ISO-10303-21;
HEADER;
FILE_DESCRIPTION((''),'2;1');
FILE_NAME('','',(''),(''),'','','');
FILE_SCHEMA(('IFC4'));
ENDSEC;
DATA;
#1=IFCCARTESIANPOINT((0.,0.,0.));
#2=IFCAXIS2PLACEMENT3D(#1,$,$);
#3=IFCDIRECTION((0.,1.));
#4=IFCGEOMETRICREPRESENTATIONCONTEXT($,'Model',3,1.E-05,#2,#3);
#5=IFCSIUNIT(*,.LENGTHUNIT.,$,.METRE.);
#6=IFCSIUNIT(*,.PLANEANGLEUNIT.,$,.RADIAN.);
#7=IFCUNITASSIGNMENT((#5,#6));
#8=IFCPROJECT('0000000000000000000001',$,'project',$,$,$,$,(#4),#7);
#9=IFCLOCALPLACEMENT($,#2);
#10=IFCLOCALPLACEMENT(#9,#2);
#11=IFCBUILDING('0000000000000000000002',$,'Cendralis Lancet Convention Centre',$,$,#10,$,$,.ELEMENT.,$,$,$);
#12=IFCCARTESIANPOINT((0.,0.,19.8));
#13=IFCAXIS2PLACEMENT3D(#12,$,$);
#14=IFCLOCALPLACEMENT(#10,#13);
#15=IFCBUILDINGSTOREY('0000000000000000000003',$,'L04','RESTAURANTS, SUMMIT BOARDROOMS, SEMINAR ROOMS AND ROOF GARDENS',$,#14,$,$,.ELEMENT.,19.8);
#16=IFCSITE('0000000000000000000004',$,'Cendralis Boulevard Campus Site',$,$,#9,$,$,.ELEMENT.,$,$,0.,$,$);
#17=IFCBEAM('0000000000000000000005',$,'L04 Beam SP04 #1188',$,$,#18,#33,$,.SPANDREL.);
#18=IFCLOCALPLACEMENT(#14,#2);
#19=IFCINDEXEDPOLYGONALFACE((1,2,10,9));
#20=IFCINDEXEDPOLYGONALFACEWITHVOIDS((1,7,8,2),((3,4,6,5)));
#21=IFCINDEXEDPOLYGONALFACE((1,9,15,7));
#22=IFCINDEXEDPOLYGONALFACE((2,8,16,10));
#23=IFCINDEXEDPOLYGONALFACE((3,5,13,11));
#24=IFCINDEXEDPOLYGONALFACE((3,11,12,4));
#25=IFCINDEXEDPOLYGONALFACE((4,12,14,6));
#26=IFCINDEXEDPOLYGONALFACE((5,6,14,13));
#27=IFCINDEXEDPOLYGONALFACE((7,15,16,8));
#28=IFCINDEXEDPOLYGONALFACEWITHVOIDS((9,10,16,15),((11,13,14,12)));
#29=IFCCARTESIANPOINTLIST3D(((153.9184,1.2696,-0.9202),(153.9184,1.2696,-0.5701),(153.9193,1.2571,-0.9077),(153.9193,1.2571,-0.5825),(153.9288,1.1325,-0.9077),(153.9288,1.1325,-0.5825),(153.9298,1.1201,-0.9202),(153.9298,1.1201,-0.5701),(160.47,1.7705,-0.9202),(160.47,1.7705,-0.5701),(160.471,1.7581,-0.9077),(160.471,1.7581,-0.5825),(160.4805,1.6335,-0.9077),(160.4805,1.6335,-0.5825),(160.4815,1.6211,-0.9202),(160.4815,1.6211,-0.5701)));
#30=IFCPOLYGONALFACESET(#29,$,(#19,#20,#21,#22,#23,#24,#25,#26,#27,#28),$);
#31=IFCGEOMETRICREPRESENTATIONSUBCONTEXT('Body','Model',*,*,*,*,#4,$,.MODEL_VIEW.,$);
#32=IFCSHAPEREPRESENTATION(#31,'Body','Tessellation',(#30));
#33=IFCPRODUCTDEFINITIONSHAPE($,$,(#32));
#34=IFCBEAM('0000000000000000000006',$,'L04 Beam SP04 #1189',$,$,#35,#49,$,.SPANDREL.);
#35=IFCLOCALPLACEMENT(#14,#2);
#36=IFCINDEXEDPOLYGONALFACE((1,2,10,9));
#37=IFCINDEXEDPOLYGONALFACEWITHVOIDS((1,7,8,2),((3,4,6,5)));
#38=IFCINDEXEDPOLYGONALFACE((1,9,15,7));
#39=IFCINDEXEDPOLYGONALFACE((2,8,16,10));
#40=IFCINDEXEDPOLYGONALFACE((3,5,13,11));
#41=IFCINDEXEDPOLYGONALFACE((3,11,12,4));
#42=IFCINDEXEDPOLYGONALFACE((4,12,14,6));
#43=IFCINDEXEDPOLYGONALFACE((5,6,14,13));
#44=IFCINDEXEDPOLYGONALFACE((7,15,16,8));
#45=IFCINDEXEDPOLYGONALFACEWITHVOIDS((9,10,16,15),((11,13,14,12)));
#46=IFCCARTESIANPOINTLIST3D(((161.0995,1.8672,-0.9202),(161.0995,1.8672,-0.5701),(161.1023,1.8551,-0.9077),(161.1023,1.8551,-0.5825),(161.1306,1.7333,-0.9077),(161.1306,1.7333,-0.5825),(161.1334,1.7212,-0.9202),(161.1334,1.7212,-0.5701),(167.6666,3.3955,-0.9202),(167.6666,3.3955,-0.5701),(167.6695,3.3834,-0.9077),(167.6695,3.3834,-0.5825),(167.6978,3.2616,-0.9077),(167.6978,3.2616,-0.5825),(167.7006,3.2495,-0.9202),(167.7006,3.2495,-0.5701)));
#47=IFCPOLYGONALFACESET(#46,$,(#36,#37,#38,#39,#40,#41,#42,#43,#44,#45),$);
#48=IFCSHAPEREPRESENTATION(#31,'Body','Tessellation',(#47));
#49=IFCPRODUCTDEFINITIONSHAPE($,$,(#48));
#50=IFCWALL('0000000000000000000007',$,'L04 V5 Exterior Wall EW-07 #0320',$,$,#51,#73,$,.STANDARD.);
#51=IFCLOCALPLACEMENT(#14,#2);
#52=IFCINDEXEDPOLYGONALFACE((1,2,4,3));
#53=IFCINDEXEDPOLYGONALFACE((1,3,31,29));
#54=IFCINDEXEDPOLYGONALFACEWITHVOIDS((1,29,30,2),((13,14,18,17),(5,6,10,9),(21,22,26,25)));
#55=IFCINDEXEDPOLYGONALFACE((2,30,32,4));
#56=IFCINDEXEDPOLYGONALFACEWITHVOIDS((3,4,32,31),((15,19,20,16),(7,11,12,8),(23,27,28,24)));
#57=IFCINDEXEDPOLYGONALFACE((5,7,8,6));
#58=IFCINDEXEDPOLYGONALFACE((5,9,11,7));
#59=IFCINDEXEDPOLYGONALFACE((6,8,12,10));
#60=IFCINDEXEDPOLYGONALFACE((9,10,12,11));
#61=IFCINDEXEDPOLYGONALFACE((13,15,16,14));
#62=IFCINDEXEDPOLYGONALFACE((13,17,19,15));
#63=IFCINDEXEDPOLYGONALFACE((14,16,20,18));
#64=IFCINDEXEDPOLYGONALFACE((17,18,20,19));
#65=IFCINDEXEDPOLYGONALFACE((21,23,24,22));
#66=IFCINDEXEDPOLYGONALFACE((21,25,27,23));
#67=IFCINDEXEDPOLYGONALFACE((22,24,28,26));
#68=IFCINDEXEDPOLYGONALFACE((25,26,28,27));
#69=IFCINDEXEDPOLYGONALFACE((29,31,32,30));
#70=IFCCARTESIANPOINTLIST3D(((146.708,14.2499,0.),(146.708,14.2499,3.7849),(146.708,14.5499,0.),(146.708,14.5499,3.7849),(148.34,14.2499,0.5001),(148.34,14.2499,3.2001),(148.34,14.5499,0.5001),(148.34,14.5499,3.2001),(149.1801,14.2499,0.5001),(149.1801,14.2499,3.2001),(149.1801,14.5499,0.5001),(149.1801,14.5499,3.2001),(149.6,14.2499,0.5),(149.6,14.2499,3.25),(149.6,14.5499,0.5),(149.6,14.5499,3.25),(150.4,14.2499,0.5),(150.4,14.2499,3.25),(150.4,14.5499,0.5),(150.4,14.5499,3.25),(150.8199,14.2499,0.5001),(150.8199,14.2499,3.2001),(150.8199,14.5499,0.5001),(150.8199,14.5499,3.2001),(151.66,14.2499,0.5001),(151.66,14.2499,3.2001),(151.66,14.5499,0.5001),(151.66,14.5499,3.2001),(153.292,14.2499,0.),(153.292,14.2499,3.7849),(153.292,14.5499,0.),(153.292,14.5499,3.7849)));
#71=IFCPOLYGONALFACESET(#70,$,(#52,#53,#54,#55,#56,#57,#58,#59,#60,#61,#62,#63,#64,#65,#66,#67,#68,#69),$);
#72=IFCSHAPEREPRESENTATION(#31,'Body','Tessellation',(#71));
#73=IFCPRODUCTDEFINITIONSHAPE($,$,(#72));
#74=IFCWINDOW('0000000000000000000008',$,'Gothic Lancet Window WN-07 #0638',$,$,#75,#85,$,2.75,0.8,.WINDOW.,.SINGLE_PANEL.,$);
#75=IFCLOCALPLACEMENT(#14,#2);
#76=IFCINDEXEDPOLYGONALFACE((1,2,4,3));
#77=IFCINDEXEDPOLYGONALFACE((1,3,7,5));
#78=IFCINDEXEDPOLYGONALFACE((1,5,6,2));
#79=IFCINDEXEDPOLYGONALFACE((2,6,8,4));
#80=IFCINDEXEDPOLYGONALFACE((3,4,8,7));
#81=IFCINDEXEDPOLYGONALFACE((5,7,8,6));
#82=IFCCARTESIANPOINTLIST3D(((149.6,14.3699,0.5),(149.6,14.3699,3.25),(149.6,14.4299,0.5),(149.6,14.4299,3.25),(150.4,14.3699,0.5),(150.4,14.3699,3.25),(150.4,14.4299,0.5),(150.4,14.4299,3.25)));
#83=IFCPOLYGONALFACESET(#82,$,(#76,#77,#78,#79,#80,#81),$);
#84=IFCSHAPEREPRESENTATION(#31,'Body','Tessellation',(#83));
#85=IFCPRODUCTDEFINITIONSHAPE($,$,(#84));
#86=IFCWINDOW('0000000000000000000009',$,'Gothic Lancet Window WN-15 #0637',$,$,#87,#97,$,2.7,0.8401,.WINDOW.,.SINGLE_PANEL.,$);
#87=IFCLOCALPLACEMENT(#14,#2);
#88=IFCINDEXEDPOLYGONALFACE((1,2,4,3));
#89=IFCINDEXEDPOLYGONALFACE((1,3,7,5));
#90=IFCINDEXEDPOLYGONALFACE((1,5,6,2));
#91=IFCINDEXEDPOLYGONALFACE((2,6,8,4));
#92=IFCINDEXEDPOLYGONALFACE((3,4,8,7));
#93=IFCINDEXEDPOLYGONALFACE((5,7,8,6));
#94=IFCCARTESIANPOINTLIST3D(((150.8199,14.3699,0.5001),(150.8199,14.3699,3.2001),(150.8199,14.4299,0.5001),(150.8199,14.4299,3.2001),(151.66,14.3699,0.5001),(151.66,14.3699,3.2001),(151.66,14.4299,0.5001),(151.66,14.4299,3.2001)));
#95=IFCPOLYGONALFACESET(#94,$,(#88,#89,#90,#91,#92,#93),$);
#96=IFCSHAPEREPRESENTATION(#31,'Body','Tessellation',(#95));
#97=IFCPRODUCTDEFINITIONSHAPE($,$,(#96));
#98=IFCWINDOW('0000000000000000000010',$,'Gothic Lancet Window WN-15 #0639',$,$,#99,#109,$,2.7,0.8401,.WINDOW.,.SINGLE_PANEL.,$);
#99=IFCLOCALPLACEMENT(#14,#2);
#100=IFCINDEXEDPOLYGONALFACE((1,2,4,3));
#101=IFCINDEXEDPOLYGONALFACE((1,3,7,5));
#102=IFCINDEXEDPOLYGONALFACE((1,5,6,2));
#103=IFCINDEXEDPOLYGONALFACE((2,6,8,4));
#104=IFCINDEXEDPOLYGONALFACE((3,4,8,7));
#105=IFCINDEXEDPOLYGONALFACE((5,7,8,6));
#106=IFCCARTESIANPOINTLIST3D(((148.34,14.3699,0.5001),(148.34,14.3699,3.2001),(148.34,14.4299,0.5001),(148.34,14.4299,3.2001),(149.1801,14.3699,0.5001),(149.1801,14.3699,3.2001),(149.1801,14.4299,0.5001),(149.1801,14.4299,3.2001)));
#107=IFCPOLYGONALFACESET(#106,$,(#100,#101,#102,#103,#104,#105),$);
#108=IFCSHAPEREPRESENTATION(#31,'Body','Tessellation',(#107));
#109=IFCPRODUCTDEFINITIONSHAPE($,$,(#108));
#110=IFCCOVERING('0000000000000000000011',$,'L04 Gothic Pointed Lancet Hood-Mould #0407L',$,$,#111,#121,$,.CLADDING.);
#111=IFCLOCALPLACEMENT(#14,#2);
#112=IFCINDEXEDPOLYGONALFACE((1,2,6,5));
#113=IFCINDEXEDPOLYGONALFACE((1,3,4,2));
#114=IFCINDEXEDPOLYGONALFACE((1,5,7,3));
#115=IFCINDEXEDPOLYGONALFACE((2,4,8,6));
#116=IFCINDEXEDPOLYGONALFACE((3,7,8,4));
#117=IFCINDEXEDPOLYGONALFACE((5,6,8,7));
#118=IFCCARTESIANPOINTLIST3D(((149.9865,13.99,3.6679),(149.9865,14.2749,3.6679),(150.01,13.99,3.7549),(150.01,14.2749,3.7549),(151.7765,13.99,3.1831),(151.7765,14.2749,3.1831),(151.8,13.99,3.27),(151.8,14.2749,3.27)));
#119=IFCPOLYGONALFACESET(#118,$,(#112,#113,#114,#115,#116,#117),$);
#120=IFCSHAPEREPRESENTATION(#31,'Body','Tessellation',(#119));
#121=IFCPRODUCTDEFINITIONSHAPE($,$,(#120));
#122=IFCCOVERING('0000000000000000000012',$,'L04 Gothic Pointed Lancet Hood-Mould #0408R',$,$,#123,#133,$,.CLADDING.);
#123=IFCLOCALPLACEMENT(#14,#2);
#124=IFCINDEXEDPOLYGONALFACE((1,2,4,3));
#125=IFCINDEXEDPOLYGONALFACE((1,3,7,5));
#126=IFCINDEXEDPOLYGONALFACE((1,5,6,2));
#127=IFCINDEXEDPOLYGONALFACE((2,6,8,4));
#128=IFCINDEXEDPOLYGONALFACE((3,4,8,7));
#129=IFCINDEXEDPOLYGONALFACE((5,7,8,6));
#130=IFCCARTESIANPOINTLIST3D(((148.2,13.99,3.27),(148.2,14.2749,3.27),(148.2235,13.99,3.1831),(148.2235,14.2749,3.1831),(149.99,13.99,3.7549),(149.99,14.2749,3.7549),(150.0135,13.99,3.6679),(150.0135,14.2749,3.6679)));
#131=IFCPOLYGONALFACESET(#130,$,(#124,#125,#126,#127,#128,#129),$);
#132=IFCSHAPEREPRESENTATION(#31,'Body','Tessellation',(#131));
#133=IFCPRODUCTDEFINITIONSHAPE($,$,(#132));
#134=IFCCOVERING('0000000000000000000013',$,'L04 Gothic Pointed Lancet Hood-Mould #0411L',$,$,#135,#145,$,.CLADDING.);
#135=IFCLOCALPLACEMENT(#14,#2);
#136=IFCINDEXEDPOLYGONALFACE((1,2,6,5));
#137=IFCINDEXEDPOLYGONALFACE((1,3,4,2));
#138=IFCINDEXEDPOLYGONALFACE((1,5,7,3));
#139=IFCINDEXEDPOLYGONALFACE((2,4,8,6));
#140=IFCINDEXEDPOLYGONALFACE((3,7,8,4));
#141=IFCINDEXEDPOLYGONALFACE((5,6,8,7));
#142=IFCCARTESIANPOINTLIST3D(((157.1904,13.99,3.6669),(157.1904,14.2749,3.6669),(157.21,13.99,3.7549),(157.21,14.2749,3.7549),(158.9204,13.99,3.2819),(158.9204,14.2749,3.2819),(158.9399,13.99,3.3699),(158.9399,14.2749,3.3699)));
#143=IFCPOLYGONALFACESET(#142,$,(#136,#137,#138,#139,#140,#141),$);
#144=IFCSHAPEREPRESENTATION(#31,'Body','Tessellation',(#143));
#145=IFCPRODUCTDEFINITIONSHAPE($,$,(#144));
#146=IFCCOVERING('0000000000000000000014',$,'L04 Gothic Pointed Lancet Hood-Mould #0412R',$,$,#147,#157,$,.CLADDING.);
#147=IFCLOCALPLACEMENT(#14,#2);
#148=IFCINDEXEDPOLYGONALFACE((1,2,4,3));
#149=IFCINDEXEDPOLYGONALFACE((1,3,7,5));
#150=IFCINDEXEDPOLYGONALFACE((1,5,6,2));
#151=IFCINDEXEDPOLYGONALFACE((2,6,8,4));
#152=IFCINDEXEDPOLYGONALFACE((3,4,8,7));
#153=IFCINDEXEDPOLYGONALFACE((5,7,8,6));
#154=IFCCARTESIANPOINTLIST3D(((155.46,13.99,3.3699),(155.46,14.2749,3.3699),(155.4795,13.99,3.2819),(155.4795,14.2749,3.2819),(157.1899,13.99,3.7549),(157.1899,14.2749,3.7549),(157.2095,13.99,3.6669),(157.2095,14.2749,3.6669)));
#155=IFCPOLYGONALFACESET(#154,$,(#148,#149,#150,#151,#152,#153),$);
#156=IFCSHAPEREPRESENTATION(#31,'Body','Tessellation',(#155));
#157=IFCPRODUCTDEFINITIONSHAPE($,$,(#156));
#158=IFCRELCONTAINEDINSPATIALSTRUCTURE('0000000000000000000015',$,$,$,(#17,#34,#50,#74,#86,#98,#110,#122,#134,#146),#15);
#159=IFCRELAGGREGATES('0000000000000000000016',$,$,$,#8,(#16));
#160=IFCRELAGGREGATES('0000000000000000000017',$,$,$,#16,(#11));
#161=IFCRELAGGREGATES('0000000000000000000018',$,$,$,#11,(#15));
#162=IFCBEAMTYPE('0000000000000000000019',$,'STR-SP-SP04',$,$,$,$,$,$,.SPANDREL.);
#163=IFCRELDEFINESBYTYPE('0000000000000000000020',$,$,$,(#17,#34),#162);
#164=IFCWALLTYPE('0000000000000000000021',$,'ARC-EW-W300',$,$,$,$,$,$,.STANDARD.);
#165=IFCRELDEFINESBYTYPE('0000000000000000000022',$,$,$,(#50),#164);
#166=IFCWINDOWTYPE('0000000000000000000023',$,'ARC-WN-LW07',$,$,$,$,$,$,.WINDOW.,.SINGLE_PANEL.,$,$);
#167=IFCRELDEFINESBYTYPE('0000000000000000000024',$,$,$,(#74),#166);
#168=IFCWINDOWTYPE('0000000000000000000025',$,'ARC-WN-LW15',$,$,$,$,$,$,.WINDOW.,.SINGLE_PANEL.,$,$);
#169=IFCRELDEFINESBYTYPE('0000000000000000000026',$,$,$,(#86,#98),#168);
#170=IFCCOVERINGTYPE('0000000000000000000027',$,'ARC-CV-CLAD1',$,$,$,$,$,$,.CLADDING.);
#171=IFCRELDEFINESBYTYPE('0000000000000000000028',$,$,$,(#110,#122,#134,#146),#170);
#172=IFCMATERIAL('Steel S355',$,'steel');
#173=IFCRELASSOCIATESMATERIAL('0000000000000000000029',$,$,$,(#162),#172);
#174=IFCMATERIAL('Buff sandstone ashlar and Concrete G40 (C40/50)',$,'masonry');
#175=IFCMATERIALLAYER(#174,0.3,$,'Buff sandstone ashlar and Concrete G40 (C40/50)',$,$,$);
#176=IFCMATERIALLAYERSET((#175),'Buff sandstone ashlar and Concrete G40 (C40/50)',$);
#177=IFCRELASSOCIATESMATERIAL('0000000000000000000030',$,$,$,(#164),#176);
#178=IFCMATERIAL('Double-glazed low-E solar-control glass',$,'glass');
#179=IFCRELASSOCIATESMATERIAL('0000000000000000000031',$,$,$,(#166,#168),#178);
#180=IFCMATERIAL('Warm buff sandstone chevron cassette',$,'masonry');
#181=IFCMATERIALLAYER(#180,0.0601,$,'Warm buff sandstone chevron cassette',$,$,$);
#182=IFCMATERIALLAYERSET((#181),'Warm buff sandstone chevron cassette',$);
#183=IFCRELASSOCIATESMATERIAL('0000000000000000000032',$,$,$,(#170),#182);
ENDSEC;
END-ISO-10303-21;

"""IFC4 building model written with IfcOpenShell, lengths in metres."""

from ifc_helpers import new_model, si_unit, direction, frame, frame_2d, origin, origin_2d, place, context, subcontext, project, spatial, polyline, rectangle, hollow_rectangle, outline, extrude, material, layer, layer_set, material_profile, profile_set, type_object, element, fill, save


model = new_model("IFC4")

# Units and contexts
model_context = context("Model", 3, precision=1e-05, world=origin(), true_north=direction((0.0, 1.0)))
body_context = subcontext(model_context, "Body", "Model", "MODEL_VIEW")
ifc_project = project(units=[si_unit("LENGTHUNIT", "METRE"), si_unit("PLANEANGLEUNIT", "RADIAN")], contexts=[model_context])

# Site, building, storey
site_placement = place(None, origin())
site = spatial("IfcSite", under=ifc_project, at=site_placement, Name="Cendralis Boulevard Campus Site", CompositionType="ELEMENT", RefElevation=0.0)
building_placement = place(site_placement, origin())
building = spatial("IfcBuilding", under=site, at=building_placement, Name="Cendralis Lancet Convention Centre", CompositionType="ELEMENT")
storey_placement = place(building_placement, frame((0.0, 0.0, 19.8)))
storey = spatial("IfcBuildingStorey", under=building, at=storey_placement, Name="L04", Description="RESTAURANTS, SUMMIT BOARDROOMS, SEMINAR ROOMS AND ROOF GARDENS", CompositionType="ELEMENT", Elevation=19.8)

# Beams
ifc_material_1 = material(Name="Steel S355", Category="steel")
ifc_material_profile_1 = material_profile(ifc_material_1, hollow_rectangle(XDim=0.1499, YDim=0.3501, WallThickness=0.0125, at=origin_2d()), Name="RHS 350x150x12.5")
ifc_profile_set_1 = profile_set([ifc_material_profile_1], Name="Steel S355")
beam_type_1 = type_object("IfcBeamType", Name="STR-SP-SP04", PredefinedType="SPANDREL", material=ifc_profile_set_1)
beam_1_placement = place(storey_placement, frame((153.9241, 1.1948, -0.7451), z_axis=(0.997089, 0.076242, 0.0), x_axis=(-0.076242, 0.997089, 0.0)))
element("IfcBeam", 1, at=beam_1_placement, inside=storey, type_object=beam_type_1, Name="L04 Beam SP04 #1188", PredefinedType="SPANDREL", context=body_context, shape_type="SweptSolid", body=[
    extrude(hollow_rectangle(XDim=0.1499, YDim=0.3501, WallThickness=0.0125, at=origin_2d()), origin(), (0.0, 0.0, 1.0), 6.5708),
])
beam_2_placement = place(storey_placement, frame((161.1165, 1.7942, -0.7451), z_axis=(0.973973, 0.226665, 0.0), x_axis=(-0.226665, 0.973973, 0.0)))
element("IfcBeam", 2, at=beam_2_placement, inside=storey, type_object=beam_type_1, Name="L04 Beam SP04 #1189", PredefinedType="SPANDREL", context=body_context, shape_type="SweptSolid", body=[
    extrude(hollow_rectangle(XDim=0.1499, YDim=0.3501, WallThickness=0.0125, at=origin_2d()), origin(), (0.0, 0.0, 1.0), 6.7427),
])

# Wall, openings, windows
ifc_material_2 = material(Name="Buff sandstone ashlar and Concrete G40 (C40/50)", Category="masonry")
ifc_layer_1 = layer(ifc_material_2, 0.3, Name="Buff sandstone ashlar and Concrete G40 (C40/50)")
ifc_layer_set_1 = layer_set([ifc_layer_1], Name="Buff sandstone ashlar and Concrete G40 (C40/50)")
wall_type = type_object("IfcWallType", Name="ARC-EW-W300", PredefinedType="STANDARD", material=ifc_layer_set_1)
wall_placement = place(storey_placement, frame((153.292, 14.3999, 0.0), z_axis=(0.0, 0.0, 1.0), x_axis=(-1.0, 0.0, 0.0)))
wall = element("IfcWall", 3, at=wall_placement, inside=storey, type_object=wall_type, Name="L04 V5 Exterior Wall EW-07 #0320", PredefinedType="STANDARD", context=body_context, shape_type="SweptSolid", body=[
    extrude(rectangle(XDim=6.584, YDim=0.3, at=frame_2d((3.292, 0.0))), origin(), (0.0, 0.0, 1.0), 3.7849),
])
opening_1_placement = place(wall_placement, frame((1.6321, 0.0, 0.5)))
opening_1 = element("IfcOpeningElement", 4, at=opening_1_placement, cuts=wall, PredefinedType="OPENING", context=body_context, shape_type="SweptSolid", body=[
    extrude(rectangle(XDim=0.8401, YDim=2.7, at=frame_2d((0.4199, 1.3501))), frame((0.0, 0.1599, 0.0), z_axis=(0.0, -1.0, 0.0), x_axis=(1.0, 0.0, 0.0)), (0.0, 0.0, 1.0), 0.3201),
])
opening_2_placement = place(wall_placement, frame((2.8921, 0.0, 0.5)))
opening_2 = element("IfcOpeningElement", 5, at=opening_2_placement, cuts=wall, PredefinedType="OPENING", context=body_context, shape_type="SweptSolid", body=[
    extrude(rectangle(XDim=0.8, YDim=2.75, at=frame_2d((0.3999, 1.375))), frame((0.0, 0.1599, 0.0), z_axis=(0.0, -1.0, 0.0), x_axis=(1.0, 0.0, 0.0)), (0.0, 0.0, 1.0), 0.3201),
])
opening_3_placement = place(wall_placement, frame((4.1121, 0.0, 0.5)))
opening_3 = element("IfcOpeningElement", 6, at=opening_3_placement, cuts=wall, PredefinedType="OPENING", context=body_context, shape_type="SweptSolid", body=[
    extrude(rectangle(XDim=0.8401, YDim=2.7, at=frame_2d((0.4199, 1.3501))), frame((0.0, 0.1599, 0.0), z_axis=(0.0, -1.0, 0.0), x_axis=(1.0, 0.0, 0.0)), (0.0, 0.0, 1.0), 0.3201),
])
ifc_material_3 = material(Name="Double-glazed low-E solar-control glass", Category="glass")
window_type_1 = type_object("IfcWindowType", Name="ARC-WN-LW07", PartitioningType="SINGLE_PANEL", PredefinedType="WINDOW", material=ifc_material_3)
window_1_placement = place(opening_2_placement, origin())
window_1 = element("IfcWindow", 7, at=window_1_placement, inside=storey, type_object=window_type_1, Name="Gothic Lancet Window WN-07 #0638", OverallHeight=2.75, OverallWidth=0.8, PartitioningType="SINGLE_PANEL", PredefinedType="WINDOW", context=body_context, shape_type="SweptSolid", body=[
    extrude(rectangle(XDim=0.8, YDim=2.75, at=frame_2d((0.3999, 1.375))), frame((0.0, 0.03, 0.0), z_axis=(0.0, -1.0, 0.0), x_axis=(1.0, 0.0, 0.0)), (0.0, 0.0, 1.0), 0.0601),
])
fill(opening_2, window_1)
window_type_2 = type_object("IfcWindowType", Name="ARC-WN-LW15", PartitioningType="SINGLE_PANEL", PredefinedType="WINDOW", material=ifc_material_3)
window_2_placement = place(opening_1_placement, origin())
window_2 = element("IfcWindow", 8, at=window_2_placement, inside=storey, type_object=window_type_2, Name="Gothic Lancet Window WN-15 #0637", OverallHeight=2.7, OverallWidth=0.8401, PartitioningType="SINGLE_PANEL", PredefinedType="WINDOW", context=body_context, shape_type="SweptSolid", body=[
    extrude(rectangle(XDim=0.8401, YDim=2.7, at=frame_2d((0.4199, 1.3501))), frame((0.0, 0.03, 0.0), z_axis=(0.0, -1.0, 0.0), x_axis=(1.0, 0.0, 0.0)), (0.0, 0.0, 1.0), 0.0601),
])
fill(opening_1, window_2)
window_3_placement = place(opening_3_placement, origin())
window_3 = element("IfcWindow", 9, at=window_3_placement, inside=storey, type_object=window_type_2, Name="Gothic Lancet Window WN-15 #0639", OverallHeight=2.7, OverallWidth=0.8401, PartitioningType="SINGLE_PANEL", PredefinedType="WINDOW", context=body_context, shape_type="SweptSolid", body=[
    extrude(rectangle(XDim=0.8401, YDim=2.7, at=frame_2d((0.4199, 1.3501))), frame((0.0, 0.03, 0.0), z_axis=(0.0, -1.0, 0.0), x_axis=(1.0, 0.0, 0.0)), (0.0, 0.0, 1.0), 0.0601),
])
fill(opening_3, window_3)

# Coverings
ifc_material_4 = material(Name="Warm buff sandstone chevron cassette", Category="masonry")
ifc_layer_2 = layer(ifc_material_4, 0.0601, Name="Warm buff sandstone chevron cassette")
ifc_layer_set_2 = layer_set([ifc_layer_2], Name="Warm buff sandstone chevron cassette")
covering_type = type_object("IfcCoveringType", Name="ARC-CV-CLAD1", PredefinedType="CLADDING", material=ifc_layer_set_2)
for number, where, z_axis, x_axis, name in (
    (10, (151.8, 13.99, 3.27), (0.261446, 0.0, 0.965218), (0.0, 1.0, 0.0), "L04 Gothic Pointed Lancet Hood-Mould #0407L"),
    (11, (149.99, 13.99, 3.7549), (-0.261446, 0.0, 0.965218), (0.0, 1.0, 0.0), "L04 Gothic Pointed Lancet Hood-Mould #0408R"),
):
    element("IfcCovering", number, at=place(storey_placement, frame(where, z_axis=z_axis, x_axis=x_axis)), inside=storey, type_object=covering_type, Name=name, PredefinedType="CLADDING", context=body_context, shape_type="SweptSolid", body=[
        extrude(outline(polyline([(0.0, 0.0), (0.2849, 0.0), (0.2849, 1.8545), (0.0, 1.8545), (0.0, 0.0)])), origin(), (0.0, 0.0, -1.0), 0.0901),
    ])
for number, where, z_axis, x_axis, name in (
    (12, (158.9399, 13.99, 3.3699), (0.217237, 0.0, 0.976119), (0.0, 1.0, 0.0), "L04 Gothic Pointed Lancet Hood-Mould #0411L"),
    (13, (157.1899, 13.99, 3.7549), (-0.217237, 0.0, 0.976119), (0.0, 1.0, 0.0), "L04 Gothic Pointed Lancet Hood-Mould #0412R"),
):
    element("IfcCovering", number, at=place(storey_placement, frame(where, z_axis=z_axis, x_axis=x_axis)), inside=storey, type_object=covering_type, Name=name, PredefinedType="CLADDING", context=body_context, shape_type="SweptSolid", body=[
        extrude(outline(polyline([(0.0, 0.0), (0.2849, 0.0), (0.2849, 1.7723), (0.0, 1.7723), (0.0, 0.0)])), origin(), (0.0, 0.0, -1.0), 0.0901),
    ])

save(model, "model.ifc")
